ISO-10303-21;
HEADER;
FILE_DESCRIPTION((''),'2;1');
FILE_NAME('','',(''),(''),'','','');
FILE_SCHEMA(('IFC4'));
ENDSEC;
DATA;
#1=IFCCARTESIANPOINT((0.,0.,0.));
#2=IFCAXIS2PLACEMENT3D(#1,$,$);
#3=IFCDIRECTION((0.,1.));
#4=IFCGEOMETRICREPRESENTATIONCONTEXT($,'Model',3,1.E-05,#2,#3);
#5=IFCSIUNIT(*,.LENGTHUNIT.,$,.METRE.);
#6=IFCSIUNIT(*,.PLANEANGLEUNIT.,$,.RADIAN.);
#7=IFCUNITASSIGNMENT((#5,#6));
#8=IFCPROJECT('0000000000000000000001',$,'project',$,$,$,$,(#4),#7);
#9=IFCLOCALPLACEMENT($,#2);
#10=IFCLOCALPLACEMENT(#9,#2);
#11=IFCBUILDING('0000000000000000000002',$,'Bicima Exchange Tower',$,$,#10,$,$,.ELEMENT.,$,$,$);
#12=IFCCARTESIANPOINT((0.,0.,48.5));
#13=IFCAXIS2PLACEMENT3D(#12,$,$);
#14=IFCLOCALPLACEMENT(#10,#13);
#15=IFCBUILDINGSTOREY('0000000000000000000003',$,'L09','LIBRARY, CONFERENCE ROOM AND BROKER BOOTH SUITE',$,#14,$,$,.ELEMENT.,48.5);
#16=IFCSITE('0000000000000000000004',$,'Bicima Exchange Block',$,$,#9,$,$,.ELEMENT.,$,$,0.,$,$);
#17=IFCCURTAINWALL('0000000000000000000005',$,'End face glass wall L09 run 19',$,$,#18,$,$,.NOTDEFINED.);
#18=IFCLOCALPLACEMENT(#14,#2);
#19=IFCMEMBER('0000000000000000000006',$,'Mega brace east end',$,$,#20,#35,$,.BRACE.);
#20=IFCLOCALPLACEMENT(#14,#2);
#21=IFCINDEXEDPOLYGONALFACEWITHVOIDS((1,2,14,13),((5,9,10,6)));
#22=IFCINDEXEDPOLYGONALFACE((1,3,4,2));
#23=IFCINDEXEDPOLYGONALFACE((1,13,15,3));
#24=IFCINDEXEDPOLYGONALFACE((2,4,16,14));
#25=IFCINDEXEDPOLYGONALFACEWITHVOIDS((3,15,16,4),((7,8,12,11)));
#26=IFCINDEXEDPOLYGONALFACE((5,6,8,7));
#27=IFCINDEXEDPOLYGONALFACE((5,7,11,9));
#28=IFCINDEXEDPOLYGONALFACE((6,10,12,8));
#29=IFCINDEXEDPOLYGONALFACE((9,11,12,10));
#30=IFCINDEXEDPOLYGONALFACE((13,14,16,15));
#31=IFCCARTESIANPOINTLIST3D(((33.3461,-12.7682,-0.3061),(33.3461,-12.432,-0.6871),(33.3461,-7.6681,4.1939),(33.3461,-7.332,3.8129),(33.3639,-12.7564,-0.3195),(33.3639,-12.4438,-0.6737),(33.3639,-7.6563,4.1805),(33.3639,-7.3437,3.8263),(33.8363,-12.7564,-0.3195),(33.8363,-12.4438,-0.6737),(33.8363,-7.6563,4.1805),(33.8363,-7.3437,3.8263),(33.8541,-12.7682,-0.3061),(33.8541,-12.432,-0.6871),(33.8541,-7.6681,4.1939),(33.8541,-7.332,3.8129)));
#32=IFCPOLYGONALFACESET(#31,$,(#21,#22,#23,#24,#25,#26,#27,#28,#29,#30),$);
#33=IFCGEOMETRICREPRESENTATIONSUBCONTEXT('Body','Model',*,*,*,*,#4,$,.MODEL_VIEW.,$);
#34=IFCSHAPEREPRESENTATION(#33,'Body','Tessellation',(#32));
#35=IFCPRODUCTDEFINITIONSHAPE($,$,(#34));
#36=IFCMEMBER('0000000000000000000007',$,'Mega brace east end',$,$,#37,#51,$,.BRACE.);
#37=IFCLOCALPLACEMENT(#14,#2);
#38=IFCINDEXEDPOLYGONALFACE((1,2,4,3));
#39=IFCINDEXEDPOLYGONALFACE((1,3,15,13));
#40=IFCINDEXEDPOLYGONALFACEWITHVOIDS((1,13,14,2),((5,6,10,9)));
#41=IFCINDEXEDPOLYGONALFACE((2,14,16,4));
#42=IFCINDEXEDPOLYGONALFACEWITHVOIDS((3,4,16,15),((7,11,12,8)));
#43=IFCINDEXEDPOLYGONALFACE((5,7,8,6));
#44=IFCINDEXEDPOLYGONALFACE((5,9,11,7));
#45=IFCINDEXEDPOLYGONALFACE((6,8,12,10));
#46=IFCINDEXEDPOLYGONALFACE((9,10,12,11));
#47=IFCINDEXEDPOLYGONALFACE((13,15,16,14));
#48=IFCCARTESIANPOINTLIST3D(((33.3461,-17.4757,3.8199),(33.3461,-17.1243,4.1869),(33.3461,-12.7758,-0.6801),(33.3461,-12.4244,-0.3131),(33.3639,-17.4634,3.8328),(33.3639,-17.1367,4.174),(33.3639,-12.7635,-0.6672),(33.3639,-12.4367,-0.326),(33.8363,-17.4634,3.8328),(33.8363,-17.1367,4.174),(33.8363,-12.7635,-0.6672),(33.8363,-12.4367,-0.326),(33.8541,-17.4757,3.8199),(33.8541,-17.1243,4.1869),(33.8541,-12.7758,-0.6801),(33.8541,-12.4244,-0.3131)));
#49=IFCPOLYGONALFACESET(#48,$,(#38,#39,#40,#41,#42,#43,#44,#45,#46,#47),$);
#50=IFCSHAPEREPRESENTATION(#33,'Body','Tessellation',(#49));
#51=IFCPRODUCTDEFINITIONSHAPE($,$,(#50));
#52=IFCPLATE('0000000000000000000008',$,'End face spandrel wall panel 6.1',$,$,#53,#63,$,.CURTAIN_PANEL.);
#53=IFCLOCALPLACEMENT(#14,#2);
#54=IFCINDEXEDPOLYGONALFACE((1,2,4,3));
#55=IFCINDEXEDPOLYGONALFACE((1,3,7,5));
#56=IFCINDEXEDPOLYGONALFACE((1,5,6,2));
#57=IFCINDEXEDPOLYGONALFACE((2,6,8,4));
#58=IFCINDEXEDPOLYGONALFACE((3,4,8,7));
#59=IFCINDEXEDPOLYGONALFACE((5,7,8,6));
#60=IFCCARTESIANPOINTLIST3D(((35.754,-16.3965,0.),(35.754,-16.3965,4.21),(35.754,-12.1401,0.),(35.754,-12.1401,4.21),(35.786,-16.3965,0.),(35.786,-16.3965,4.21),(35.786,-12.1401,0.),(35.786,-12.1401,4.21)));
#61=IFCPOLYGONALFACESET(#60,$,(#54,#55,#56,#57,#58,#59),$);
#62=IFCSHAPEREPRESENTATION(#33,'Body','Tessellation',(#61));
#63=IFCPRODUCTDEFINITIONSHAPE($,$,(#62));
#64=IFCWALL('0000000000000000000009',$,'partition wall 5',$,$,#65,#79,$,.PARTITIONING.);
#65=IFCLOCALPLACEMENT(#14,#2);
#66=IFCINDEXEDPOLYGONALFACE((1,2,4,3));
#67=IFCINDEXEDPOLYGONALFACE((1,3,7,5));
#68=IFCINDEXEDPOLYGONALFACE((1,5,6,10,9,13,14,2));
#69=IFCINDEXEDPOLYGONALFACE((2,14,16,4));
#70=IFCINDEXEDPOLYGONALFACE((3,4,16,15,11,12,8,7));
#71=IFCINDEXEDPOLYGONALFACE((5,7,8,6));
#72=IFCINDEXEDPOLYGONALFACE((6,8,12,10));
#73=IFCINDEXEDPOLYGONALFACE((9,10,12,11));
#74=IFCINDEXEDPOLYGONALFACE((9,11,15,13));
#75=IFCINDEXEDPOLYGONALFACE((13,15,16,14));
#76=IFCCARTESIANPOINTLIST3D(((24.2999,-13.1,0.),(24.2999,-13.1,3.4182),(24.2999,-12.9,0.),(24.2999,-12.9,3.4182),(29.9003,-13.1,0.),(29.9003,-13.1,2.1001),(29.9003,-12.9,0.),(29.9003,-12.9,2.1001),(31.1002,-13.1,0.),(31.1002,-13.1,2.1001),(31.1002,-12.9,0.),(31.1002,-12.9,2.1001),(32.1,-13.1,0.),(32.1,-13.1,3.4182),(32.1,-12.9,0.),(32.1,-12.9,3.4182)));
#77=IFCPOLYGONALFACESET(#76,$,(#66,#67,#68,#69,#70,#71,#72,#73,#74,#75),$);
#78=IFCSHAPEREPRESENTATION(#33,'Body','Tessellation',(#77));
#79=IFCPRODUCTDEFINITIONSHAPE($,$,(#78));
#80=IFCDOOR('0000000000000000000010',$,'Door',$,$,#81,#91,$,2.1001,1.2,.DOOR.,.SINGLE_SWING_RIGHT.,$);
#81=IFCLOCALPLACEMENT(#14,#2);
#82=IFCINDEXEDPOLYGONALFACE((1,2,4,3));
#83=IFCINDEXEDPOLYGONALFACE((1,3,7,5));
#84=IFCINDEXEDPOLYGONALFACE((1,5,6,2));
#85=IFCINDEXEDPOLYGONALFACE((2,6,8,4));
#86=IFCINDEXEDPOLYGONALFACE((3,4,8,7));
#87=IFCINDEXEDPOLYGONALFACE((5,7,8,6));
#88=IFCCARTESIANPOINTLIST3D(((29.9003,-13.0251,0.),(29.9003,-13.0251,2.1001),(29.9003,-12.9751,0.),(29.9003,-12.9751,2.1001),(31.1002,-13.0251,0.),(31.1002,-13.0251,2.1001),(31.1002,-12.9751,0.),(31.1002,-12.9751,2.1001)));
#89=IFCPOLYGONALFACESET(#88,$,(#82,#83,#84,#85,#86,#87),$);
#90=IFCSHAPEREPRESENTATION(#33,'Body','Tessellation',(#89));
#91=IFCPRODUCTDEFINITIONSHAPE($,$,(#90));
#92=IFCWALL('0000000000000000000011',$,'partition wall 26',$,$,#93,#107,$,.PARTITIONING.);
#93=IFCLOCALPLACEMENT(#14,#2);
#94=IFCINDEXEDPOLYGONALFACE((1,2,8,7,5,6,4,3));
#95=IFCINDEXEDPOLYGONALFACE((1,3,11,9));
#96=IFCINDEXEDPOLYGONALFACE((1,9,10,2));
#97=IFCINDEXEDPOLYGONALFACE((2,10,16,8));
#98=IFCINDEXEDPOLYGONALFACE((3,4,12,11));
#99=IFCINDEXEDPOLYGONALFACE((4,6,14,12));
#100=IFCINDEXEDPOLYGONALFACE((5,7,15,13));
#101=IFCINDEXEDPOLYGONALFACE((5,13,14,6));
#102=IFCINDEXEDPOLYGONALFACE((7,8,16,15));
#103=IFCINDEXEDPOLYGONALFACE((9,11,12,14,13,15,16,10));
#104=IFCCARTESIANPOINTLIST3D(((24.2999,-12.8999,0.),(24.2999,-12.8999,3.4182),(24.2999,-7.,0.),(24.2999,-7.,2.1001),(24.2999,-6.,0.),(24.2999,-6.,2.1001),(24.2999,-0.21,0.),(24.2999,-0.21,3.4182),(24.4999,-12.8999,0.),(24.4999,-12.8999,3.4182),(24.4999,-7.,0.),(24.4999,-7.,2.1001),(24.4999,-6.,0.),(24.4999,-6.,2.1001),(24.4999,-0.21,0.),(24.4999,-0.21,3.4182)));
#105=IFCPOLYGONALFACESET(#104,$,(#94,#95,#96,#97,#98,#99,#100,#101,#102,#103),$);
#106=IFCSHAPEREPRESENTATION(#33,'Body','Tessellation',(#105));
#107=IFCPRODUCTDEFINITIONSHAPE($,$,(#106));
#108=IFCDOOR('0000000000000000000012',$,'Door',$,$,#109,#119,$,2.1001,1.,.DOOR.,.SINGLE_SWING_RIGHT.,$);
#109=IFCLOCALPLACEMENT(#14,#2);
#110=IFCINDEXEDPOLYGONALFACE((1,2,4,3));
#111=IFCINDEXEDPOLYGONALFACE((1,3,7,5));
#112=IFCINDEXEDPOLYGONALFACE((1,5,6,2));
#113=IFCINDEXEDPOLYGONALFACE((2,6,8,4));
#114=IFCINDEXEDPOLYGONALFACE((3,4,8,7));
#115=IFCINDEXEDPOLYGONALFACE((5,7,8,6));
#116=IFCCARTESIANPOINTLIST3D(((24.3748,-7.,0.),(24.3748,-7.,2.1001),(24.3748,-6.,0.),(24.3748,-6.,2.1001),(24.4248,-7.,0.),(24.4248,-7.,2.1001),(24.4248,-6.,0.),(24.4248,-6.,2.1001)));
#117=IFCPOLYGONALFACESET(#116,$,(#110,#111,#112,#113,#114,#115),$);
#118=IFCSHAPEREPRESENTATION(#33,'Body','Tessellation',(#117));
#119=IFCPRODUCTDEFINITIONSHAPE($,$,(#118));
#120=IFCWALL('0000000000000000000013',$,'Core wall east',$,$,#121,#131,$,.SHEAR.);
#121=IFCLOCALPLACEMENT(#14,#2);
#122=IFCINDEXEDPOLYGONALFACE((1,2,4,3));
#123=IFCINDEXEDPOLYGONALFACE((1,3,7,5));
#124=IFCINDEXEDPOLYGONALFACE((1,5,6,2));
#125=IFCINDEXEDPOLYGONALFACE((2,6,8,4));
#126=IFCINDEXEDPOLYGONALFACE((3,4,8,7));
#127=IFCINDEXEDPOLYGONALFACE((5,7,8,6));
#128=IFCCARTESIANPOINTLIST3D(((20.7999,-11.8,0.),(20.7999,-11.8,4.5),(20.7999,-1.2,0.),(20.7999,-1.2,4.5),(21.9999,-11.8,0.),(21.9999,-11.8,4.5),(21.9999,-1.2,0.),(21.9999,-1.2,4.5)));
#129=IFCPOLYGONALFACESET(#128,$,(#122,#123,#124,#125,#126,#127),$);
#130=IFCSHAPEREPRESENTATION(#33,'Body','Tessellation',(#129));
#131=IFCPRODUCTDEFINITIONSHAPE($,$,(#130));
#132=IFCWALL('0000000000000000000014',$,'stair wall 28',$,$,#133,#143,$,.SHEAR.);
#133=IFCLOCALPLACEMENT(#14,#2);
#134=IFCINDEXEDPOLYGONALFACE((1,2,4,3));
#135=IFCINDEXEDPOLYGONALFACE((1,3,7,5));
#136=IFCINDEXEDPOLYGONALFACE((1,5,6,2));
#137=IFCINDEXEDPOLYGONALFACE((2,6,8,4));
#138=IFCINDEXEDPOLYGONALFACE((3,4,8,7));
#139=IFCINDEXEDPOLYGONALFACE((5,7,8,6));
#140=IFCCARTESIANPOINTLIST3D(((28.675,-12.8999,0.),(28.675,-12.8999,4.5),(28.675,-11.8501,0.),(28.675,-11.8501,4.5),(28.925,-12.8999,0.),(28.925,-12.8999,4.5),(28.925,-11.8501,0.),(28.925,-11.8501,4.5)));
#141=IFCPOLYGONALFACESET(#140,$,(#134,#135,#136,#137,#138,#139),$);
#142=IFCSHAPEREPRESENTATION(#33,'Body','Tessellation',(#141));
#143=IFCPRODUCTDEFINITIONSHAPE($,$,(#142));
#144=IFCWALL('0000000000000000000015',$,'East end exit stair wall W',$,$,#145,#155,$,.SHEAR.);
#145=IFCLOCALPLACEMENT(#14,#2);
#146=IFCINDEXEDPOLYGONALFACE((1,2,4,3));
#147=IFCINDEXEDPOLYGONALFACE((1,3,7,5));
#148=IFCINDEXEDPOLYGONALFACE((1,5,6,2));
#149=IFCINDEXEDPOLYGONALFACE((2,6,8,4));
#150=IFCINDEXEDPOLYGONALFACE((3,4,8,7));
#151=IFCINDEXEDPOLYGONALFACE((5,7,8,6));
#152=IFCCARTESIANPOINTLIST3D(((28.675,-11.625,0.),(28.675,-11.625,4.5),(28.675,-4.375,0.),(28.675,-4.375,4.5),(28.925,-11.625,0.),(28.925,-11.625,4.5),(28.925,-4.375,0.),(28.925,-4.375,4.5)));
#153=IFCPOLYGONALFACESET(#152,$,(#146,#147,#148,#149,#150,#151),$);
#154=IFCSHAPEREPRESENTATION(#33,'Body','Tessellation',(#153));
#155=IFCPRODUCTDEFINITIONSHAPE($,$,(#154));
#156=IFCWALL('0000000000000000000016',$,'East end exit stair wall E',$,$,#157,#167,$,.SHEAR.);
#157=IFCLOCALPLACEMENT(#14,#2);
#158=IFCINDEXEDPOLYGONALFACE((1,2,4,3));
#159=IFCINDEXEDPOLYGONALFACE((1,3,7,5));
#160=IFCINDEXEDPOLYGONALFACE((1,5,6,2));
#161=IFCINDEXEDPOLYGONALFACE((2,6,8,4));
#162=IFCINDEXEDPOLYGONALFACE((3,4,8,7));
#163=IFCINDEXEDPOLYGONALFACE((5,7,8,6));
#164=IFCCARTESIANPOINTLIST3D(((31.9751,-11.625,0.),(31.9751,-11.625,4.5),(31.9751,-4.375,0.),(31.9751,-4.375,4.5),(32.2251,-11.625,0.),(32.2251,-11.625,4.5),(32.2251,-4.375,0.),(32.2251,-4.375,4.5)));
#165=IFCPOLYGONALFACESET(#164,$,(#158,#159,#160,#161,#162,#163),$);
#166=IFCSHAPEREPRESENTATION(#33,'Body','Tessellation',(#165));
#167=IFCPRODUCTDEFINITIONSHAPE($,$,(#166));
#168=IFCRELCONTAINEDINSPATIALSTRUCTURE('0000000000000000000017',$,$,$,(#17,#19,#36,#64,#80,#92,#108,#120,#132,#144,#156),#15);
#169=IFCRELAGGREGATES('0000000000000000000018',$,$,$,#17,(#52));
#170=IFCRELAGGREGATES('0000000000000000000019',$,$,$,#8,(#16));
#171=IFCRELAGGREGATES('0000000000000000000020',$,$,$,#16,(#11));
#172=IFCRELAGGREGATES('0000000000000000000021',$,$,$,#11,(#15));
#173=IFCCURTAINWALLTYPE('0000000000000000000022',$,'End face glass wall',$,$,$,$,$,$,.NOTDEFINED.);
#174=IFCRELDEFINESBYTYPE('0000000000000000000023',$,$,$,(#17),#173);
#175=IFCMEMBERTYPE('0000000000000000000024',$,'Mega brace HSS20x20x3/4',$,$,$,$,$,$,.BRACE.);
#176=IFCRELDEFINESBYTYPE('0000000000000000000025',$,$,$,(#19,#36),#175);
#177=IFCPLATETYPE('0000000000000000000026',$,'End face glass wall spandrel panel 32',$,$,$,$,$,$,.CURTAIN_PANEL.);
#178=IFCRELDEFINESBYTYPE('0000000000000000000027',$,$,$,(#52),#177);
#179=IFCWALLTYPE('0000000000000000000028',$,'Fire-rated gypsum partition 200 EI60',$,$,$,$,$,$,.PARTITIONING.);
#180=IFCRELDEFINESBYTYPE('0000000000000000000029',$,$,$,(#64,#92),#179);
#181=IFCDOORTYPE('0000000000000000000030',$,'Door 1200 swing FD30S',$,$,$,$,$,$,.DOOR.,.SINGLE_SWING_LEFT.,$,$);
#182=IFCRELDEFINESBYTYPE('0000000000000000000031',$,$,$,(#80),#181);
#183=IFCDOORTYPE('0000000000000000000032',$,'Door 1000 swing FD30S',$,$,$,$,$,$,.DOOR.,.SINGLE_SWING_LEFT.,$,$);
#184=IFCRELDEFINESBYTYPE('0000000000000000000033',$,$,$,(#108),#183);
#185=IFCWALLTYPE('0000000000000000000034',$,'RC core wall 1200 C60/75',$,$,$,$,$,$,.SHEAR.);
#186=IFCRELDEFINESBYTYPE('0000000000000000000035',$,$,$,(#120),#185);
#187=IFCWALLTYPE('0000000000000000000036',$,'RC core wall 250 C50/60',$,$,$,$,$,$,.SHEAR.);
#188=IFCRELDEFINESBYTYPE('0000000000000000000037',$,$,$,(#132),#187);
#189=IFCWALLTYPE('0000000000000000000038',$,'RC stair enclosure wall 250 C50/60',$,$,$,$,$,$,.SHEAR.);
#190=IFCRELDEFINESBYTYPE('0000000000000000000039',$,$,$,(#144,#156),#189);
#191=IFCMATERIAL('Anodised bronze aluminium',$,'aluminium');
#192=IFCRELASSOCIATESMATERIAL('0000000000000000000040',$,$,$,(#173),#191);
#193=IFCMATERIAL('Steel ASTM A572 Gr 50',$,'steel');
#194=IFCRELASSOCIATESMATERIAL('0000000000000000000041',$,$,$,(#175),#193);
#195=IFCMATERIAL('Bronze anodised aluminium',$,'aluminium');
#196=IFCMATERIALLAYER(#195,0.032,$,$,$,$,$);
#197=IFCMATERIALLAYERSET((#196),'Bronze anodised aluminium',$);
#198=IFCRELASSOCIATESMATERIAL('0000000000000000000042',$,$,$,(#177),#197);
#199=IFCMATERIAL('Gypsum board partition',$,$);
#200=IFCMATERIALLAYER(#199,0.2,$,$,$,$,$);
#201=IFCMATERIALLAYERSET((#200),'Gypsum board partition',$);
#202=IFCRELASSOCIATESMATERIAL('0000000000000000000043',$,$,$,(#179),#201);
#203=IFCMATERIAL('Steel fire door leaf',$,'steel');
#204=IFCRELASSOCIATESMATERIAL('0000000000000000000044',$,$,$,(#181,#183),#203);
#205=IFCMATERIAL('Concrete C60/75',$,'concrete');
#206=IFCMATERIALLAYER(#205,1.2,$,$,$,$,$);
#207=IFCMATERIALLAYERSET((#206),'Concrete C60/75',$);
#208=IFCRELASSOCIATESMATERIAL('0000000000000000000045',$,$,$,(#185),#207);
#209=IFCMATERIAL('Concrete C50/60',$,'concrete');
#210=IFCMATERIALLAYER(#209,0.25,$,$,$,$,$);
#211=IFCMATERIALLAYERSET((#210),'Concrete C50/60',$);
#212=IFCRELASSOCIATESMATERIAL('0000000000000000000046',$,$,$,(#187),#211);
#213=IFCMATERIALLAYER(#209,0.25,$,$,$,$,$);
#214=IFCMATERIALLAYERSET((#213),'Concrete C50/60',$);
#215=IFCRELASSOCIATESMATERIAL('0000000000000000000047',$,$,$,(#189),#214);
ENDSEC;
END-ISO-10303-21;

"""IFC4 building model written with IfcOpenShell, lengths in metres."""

from ifc_helpers import new_model, si_unit, direction, frame, frame_2d, origin, origin_2d, place, context, subcontext, project, spatial, rectangle, hollow_rectangle, extrude, material, layer, layer_set, material_profile, profile_set, type_object, element, fill, aggregate, save


model = new_model("IFC4")

# Units and contexts
model_context = context("Model", 3, precision=1e-05, world=origin(), true_north=direction((0.0, 1.0)))
body_context = subcontext(model_context, "Body", "Model", "MODEL_VIEW")
ifc_project = project(units=[si_unit("LENGTHUNIT", "METRE"), si_unit("PLANEANGLEUNIT", "RADIAN")], contexts=[model_context])

# Site, building, storey
site_placement = place(None, origin())
site = spatial("IfcSite", under=ifc_project, at=site_placement, Name="Bicima Exchange Block", CompositionType="ELEMENT", RefElevation=0.0)
building_placement = place(site_placement, origin())
building = spatial("IfcBuilding", under=site, at=building_placement, Name="Bicima Exchange Tower", CompositionType="ELEMENT")
storey_placement = place(building_placement, frame((0.0, 0.0, 48.5)))
storey = spatial("IfcBuildingStorey", under=building, at=storey_placement, Name="L09", Description="LIBRARY, CONFERENCE ROOM AND BROKER BOOTH SUITE", CompositionType="ELEMENT", Elevation=48.5)

# Curtain wall
ifc_material_1 = material(Name="Anodised bronze aluminium", Category="aluminium")
curtain_wall_type = type_object("IfcCurtainWallType", Name="End face glass wall", PredefinedType="NOTDEFINED", material=ifc_material_1)
curtain_wall_placement = place(storey_placement, origin())
curtain_wall = element("IfcCurtainWall", 1, at=curtain_wall_placement, inside=storey, type_object=curtain_wall_type, Name="End face glass wall L09 run 19", PredefinedType="NOTDEFINED")

# Members
ifc_material_2 = material(Name="Steel ASTM A572 Gr 50", Category="steel")
ifc_material_profile_1 = material_profile(ifc_material_2, hollow_rectangle(XDim=0.5081, YDim=0.5081, WallThickness=0.0178, at=origin_2d()))
ifc_profile_set_1 = profile_set([ifc_material_profile_1], Name="Steel ASTM A572 Gr 50")
member_type_1 = type_object("IfcMemberType", Name="Mega brace HSS20x20x3/4", PredefinedType="BRACE", material=ifc_profile_set_1)
member_1_placement = place(storey_placement, frame((33.6001, -12.6001, -0.4966), z_axis=(0.0, 0.749844, 0.661615), x_axis=(-1.0, 0.0, 0.0)))
element("IfcMember", 2, at=member_1_placement, inside=storey, type_object=member_type_1, Name="Mega brace east end", PredefinedType="BRACE", context=body_context, shape_type="SweptSolid", body=[
    extrude(hollow_rectangle(XDim=0.5081, YDim=0.5081, WallThickness=0.0178, at=origin_2d()), origin(), (0.0, 0.0, 1.0), 6.8015),
])
member_2_placement = place(storey_placement, frame((33.6001, -12.6001, -0.4966), z_axis=(0.0, -0.722304, 0.691575), x_axis=(1.0, 0.0, 0.0)))
element("IfcMember", 3, at=member_2_placement, inside=storey, type_object=member_type_1, Name="Mega brace east end", PredefinedType="BRACE", context=body_context, shape_type="SweptSolid", body=[
    extrude(hollow_rectangle(XDim=0.5081, YDim=0.5081, WallThickness=0.0178, at=origin_2d()), origin(), (0.0, 0.0, 1.0), 6.5068),
])

# Plate
ifc_material_3 = material(Name="Bronze anodised aluminium", Category="aluminium")
ifc_layer_1 = layer(ifc_material_3, 0.032)
ifc_layer_set_1 = layer_set([ifc_layer_1], Name="Bronze anodised aluminium")
plate_type = type_object("IfcPlateType", Name="End face glass wall spandrel panel 32", PredefinedType="CURTAIN_PANEL", material=ifc_layer_set_1)
plate_placement = place(storey_placement, frame((35.77, -14.2683, 0.0), z_axis=(0.0, 0.0, 1.0), x_axis=(0.0, 1.0, 0.0)))
plate = element("IfcPlate", 4, at=plate_placement, type_object=plate_type, Name="End face spandrel wall panel 6.1", PredefinedType="CURTAIN_PANEL", context=body_context, shape_type="SweptSolid", body=[
    extrude(rectangle(XDim=4.2563, YDim=0.032, at=origin_2d()), origin(), (0.0, 0.0, 1.0), 4.21),
])
aggregate(curtain_wall, [plate])

# Walls, openings, doors
ifc_material_4 = material(Name="Gypsum board partition")
ifc_layer_2 = layer(ifc_material_4, 0.2)
ifc_layer_set_2 = layer_set([ifc_layer_2], Name="Gypsum board partition")
wall_type_1 = type_object("IfcWallType", Name="Fire-rated gypsum partition 200 EI60", PredefinedType="PARTITIONING", material=ifc_layer_set_2)
wall_1_placement = place(storey_placement, frame((24.3, -13.0, 0.0), z_axis=(0.0, 0.0, 1.0), x_axis=(1.0, 0.0, 0.0)))
wall_1 = element("IfcWall", 5, at=wall_1_placement, inside=storey, type_object=wall_type_1, Name="partition wall 5", PredefinedType="PARTITIONING", context=body_context, shape_type="SweptSolid", body=[
    extrude(rectangle(XDim=7.8, YDim=0.2, at=frame_2d((3.8999, 0.0))), origin(), (0.0, 0.0, 1.0), 3.4182),
])
opening_1_placement = place(wall_1_placement, frame((5.6001, 0.0, 0.0)))
opening_1 = element("IfcOpeningElement", 6, at=opening_1_placement, cuts=wall_1, PredefinedType="OPENING", context=body_context, shape_type="SweptSolid", body=[
    extrude(rectangle(XDim=1.2, YDim=2.1001, at=frame_2d((0.6001, 1.05))), frame((0.0, 0.1118, 0.0), z_axis=(0.0, -1.0, 0.0), x_axis=(1.0, 0.0, 0.0)), (0.0, 0.0, 1.0), 0.2239),
])
ifc_material_5 = material(Name="Steel fire door leaf", Category="steel")
door_type_1 = type_object("IfcDoorType", Name="Door 1200 swing FD30S", OperationType="SINGLE_SWING_LEFT", PredefinedType="DOOR", material=ifc_material_5)
door_1_placement = place(opening_1_placement, origin())
door_1 = element("IfcDoor", 7, at=door_1_placement, inside=storey, type_object=door_type_1, Name="Door", OperationType="SINGLE_SWING_RIGHT", OverallHeight=2.1001, OverallWidth=1.2, PredefinedType="DOOR", context=body_context, shape_type="SweptSolid", body=[
    extrude(rectangle(XDim=1.2, YDim=2.1001, at=frame_2d((0.6001, 1.05))), frame((0.0, 0.0249, 0.0), z_axis=(0.0, -1.0, 0.0), x_axis=(1.0, 0.0, 0.0)), (0.0, 0.0, 1.0), 0.05),
])
fill(opening_1, door_1)
wall_2_placement = place(storey_placement, frame((24.3999, -12.8999, 0.0), z_axis=(0.0, 0.0, 1.0), x_axis=(0.0, 1.0, 0.0)))
wall_2 = element("IfcWall", 8, at=wall_2_placement, inside=storey, type_object=wall_type_1, Name="partition wall 26", PredefinedType="PARTITIONING", context=body_context, shape_type="SweptSolid", body=[
    extrude(rectangle(XDim=12.6899, YDim=0.2, at=frame_2d((6.345, 0.0))), origin(), (0.0, 0.0, 1.0), 3.4182),
])
opening_2_placement = place(wall_2_placement, frame((5.8999, 0.0, 0.0)))
opening_2 = element("IfcOpeningElement", 9, at=opening_2_placement, cuts=wall_2, PredefinedType="OPENING", context=body_context, shape_type="SweptSolid", body=[
    extrude(rectangle(XDim=1.0, YDim=2.1001, at=frame_2d((0.5, 1.05))), frame((0.0, 0.1118, 0.0), z_axis=(0.0, -1.0, 0.0), x_axis=(1.0, 0.0, 0.0)), (0.0, 0.0, 1.0), 0.2239),
])
door_type_2 = type_object("IfcDoorType", Name="Door 1000 swing FD30S", OperationType="SINGLE_SWING_LEFT", PredefinedType="DOOR", material=ifc_material_5)
door_2_placement = place(opening_2_placement, frame((1.0, 0.0, 0.0), z_axis=(0.0, 0.0, 1.0), x_axis=(-1.0, 0.0, 0.0)))
door_2 = element("IfcDoor", 10, at=door_2_placement, inside=storey, type_object=door_type_2, Name="Door", OperationType="SINGLE_SWING_RIGHT", OverallHeight=2.1001, OverallWidth=1.0, PredefinedType="DOOR", context=body_context, shape_type="SweptSolid", body=[
    extrude(rectangle(XDim=1.0, YDim=2.1001, at=frame_2d((0.5, 1.05))), frame((0.0, 0.0249, 0.0), z_axis=(0.0, -1.0, 0.0), x_axis=(1.0, 0.0, 0.0)), (0.0, 0.0, 1.0), 0.05),
])
fill(opening_2, door_2)

# Walls
ifc_material_6 = material(Name="Concrete C60/75", Category="concrete")
ifc_layer_3 = layer(ifc_material_6, 1.2)
ifc_layer_set_3 = layer_set([ifc_layer_3], Name="Concrete C60/75")
wall_type_2 = type_object("IfcWallType", Name="RC core wall 1200 C60/75", PredefinedType="SHEAR", material=ifc_layer_set_3)
wall_3_placement = place(storey_placement, frame((21.3999, -11.8, 0.0), z_axis=(0.0, 0.0, 1.0), x_axis=(0.0, 1.0, 0.0)))
element("IfcWall", 11, at=wall_3_placement, inside=storey, type_object=wall_type_2, Name="Core wall east", PredefinedType="SHEAR", context=body_context, shape_type="SweptSolid", body=[
    extrude(rectangle(XDim=10.6001, YDim=1.2, at=frame_2d((5.3, 0.0))), origin(), (0.0, 0.0, 1.0), 4.5),
])
ifc_material_7 = material(Name="Concrete C50/60", Category="concrete")
ifc_layer_4 = layer(ifc_material_7, 0.25)
ifc_layer_set_4 = layer_set([ifc_layer_4], Name="Concrete C50/60")
wall_type_3 = type_object("IfcWallType", Name="RC core wall 250 C50/60", PredefinedType="SHEAR", material=ifc_layer_set_4)
wall_4_placement = place(storey_placement, frame((28.8, -12.8999, 0.0), z_axis=(0.0, 0.0, 1.0), x_axis=(0.0, 1.0, 0.0)))
element("IfcWall", 12, at=wall_4_placement, inside=storey, type_object=wall_type_3, Name="stair wall 28", PredefinedType="SHEAR", context=body_context, shape_type="SweptSolid", body=[
    extrude(rectangle(XDim=1.0498, YDim=0.25, at=frame_2d((0.5249, 0.0))), origin(), (0.0, 0.0, 1.0), 4.5),
])
ifc_layer_5 = layer(ifc_material_7, 0.25)
ifc_layer_set_5 = layer_set([ifc_layer_5], Name="Concrete C50/60")
wall_type_4 = type_object("IfcWallType", Name="RC stair enclosure wall 250 C50/60", PredefinedType="SHEAR", material=ifc_layer_set_5)
for number, where, z_axis, x_axis, name in (
    (13, (28.8, -11.625, 0.0), (0.0, 0.0, 1.0), (0.0, 1.0, 0.0), "East end exit stair wall W"),
    (14, (32.1001, -11.625, 0.0), (0.0, 0.0, 1.0), (0.0, 1.0, 0.0), "East end exit stair wall E"),
):
    element("IfcWall", number, at=place(storey_placement, frame(where, z_axis=z_axis, x_axis=x_axis)), inside=storey, type_object=wall_type_4, Name=name, PredefinedType="SHEAR", context=body_context, shape_type="SweptSolid", body=[
        extrude(rectangle(XDim=7.25, YDim=0.25, at=frame_2d((3.625, 0.0))), origin(), (0.0, 0.0, 1.0), 4.5),
    ])

save(model, "model.ifc")
